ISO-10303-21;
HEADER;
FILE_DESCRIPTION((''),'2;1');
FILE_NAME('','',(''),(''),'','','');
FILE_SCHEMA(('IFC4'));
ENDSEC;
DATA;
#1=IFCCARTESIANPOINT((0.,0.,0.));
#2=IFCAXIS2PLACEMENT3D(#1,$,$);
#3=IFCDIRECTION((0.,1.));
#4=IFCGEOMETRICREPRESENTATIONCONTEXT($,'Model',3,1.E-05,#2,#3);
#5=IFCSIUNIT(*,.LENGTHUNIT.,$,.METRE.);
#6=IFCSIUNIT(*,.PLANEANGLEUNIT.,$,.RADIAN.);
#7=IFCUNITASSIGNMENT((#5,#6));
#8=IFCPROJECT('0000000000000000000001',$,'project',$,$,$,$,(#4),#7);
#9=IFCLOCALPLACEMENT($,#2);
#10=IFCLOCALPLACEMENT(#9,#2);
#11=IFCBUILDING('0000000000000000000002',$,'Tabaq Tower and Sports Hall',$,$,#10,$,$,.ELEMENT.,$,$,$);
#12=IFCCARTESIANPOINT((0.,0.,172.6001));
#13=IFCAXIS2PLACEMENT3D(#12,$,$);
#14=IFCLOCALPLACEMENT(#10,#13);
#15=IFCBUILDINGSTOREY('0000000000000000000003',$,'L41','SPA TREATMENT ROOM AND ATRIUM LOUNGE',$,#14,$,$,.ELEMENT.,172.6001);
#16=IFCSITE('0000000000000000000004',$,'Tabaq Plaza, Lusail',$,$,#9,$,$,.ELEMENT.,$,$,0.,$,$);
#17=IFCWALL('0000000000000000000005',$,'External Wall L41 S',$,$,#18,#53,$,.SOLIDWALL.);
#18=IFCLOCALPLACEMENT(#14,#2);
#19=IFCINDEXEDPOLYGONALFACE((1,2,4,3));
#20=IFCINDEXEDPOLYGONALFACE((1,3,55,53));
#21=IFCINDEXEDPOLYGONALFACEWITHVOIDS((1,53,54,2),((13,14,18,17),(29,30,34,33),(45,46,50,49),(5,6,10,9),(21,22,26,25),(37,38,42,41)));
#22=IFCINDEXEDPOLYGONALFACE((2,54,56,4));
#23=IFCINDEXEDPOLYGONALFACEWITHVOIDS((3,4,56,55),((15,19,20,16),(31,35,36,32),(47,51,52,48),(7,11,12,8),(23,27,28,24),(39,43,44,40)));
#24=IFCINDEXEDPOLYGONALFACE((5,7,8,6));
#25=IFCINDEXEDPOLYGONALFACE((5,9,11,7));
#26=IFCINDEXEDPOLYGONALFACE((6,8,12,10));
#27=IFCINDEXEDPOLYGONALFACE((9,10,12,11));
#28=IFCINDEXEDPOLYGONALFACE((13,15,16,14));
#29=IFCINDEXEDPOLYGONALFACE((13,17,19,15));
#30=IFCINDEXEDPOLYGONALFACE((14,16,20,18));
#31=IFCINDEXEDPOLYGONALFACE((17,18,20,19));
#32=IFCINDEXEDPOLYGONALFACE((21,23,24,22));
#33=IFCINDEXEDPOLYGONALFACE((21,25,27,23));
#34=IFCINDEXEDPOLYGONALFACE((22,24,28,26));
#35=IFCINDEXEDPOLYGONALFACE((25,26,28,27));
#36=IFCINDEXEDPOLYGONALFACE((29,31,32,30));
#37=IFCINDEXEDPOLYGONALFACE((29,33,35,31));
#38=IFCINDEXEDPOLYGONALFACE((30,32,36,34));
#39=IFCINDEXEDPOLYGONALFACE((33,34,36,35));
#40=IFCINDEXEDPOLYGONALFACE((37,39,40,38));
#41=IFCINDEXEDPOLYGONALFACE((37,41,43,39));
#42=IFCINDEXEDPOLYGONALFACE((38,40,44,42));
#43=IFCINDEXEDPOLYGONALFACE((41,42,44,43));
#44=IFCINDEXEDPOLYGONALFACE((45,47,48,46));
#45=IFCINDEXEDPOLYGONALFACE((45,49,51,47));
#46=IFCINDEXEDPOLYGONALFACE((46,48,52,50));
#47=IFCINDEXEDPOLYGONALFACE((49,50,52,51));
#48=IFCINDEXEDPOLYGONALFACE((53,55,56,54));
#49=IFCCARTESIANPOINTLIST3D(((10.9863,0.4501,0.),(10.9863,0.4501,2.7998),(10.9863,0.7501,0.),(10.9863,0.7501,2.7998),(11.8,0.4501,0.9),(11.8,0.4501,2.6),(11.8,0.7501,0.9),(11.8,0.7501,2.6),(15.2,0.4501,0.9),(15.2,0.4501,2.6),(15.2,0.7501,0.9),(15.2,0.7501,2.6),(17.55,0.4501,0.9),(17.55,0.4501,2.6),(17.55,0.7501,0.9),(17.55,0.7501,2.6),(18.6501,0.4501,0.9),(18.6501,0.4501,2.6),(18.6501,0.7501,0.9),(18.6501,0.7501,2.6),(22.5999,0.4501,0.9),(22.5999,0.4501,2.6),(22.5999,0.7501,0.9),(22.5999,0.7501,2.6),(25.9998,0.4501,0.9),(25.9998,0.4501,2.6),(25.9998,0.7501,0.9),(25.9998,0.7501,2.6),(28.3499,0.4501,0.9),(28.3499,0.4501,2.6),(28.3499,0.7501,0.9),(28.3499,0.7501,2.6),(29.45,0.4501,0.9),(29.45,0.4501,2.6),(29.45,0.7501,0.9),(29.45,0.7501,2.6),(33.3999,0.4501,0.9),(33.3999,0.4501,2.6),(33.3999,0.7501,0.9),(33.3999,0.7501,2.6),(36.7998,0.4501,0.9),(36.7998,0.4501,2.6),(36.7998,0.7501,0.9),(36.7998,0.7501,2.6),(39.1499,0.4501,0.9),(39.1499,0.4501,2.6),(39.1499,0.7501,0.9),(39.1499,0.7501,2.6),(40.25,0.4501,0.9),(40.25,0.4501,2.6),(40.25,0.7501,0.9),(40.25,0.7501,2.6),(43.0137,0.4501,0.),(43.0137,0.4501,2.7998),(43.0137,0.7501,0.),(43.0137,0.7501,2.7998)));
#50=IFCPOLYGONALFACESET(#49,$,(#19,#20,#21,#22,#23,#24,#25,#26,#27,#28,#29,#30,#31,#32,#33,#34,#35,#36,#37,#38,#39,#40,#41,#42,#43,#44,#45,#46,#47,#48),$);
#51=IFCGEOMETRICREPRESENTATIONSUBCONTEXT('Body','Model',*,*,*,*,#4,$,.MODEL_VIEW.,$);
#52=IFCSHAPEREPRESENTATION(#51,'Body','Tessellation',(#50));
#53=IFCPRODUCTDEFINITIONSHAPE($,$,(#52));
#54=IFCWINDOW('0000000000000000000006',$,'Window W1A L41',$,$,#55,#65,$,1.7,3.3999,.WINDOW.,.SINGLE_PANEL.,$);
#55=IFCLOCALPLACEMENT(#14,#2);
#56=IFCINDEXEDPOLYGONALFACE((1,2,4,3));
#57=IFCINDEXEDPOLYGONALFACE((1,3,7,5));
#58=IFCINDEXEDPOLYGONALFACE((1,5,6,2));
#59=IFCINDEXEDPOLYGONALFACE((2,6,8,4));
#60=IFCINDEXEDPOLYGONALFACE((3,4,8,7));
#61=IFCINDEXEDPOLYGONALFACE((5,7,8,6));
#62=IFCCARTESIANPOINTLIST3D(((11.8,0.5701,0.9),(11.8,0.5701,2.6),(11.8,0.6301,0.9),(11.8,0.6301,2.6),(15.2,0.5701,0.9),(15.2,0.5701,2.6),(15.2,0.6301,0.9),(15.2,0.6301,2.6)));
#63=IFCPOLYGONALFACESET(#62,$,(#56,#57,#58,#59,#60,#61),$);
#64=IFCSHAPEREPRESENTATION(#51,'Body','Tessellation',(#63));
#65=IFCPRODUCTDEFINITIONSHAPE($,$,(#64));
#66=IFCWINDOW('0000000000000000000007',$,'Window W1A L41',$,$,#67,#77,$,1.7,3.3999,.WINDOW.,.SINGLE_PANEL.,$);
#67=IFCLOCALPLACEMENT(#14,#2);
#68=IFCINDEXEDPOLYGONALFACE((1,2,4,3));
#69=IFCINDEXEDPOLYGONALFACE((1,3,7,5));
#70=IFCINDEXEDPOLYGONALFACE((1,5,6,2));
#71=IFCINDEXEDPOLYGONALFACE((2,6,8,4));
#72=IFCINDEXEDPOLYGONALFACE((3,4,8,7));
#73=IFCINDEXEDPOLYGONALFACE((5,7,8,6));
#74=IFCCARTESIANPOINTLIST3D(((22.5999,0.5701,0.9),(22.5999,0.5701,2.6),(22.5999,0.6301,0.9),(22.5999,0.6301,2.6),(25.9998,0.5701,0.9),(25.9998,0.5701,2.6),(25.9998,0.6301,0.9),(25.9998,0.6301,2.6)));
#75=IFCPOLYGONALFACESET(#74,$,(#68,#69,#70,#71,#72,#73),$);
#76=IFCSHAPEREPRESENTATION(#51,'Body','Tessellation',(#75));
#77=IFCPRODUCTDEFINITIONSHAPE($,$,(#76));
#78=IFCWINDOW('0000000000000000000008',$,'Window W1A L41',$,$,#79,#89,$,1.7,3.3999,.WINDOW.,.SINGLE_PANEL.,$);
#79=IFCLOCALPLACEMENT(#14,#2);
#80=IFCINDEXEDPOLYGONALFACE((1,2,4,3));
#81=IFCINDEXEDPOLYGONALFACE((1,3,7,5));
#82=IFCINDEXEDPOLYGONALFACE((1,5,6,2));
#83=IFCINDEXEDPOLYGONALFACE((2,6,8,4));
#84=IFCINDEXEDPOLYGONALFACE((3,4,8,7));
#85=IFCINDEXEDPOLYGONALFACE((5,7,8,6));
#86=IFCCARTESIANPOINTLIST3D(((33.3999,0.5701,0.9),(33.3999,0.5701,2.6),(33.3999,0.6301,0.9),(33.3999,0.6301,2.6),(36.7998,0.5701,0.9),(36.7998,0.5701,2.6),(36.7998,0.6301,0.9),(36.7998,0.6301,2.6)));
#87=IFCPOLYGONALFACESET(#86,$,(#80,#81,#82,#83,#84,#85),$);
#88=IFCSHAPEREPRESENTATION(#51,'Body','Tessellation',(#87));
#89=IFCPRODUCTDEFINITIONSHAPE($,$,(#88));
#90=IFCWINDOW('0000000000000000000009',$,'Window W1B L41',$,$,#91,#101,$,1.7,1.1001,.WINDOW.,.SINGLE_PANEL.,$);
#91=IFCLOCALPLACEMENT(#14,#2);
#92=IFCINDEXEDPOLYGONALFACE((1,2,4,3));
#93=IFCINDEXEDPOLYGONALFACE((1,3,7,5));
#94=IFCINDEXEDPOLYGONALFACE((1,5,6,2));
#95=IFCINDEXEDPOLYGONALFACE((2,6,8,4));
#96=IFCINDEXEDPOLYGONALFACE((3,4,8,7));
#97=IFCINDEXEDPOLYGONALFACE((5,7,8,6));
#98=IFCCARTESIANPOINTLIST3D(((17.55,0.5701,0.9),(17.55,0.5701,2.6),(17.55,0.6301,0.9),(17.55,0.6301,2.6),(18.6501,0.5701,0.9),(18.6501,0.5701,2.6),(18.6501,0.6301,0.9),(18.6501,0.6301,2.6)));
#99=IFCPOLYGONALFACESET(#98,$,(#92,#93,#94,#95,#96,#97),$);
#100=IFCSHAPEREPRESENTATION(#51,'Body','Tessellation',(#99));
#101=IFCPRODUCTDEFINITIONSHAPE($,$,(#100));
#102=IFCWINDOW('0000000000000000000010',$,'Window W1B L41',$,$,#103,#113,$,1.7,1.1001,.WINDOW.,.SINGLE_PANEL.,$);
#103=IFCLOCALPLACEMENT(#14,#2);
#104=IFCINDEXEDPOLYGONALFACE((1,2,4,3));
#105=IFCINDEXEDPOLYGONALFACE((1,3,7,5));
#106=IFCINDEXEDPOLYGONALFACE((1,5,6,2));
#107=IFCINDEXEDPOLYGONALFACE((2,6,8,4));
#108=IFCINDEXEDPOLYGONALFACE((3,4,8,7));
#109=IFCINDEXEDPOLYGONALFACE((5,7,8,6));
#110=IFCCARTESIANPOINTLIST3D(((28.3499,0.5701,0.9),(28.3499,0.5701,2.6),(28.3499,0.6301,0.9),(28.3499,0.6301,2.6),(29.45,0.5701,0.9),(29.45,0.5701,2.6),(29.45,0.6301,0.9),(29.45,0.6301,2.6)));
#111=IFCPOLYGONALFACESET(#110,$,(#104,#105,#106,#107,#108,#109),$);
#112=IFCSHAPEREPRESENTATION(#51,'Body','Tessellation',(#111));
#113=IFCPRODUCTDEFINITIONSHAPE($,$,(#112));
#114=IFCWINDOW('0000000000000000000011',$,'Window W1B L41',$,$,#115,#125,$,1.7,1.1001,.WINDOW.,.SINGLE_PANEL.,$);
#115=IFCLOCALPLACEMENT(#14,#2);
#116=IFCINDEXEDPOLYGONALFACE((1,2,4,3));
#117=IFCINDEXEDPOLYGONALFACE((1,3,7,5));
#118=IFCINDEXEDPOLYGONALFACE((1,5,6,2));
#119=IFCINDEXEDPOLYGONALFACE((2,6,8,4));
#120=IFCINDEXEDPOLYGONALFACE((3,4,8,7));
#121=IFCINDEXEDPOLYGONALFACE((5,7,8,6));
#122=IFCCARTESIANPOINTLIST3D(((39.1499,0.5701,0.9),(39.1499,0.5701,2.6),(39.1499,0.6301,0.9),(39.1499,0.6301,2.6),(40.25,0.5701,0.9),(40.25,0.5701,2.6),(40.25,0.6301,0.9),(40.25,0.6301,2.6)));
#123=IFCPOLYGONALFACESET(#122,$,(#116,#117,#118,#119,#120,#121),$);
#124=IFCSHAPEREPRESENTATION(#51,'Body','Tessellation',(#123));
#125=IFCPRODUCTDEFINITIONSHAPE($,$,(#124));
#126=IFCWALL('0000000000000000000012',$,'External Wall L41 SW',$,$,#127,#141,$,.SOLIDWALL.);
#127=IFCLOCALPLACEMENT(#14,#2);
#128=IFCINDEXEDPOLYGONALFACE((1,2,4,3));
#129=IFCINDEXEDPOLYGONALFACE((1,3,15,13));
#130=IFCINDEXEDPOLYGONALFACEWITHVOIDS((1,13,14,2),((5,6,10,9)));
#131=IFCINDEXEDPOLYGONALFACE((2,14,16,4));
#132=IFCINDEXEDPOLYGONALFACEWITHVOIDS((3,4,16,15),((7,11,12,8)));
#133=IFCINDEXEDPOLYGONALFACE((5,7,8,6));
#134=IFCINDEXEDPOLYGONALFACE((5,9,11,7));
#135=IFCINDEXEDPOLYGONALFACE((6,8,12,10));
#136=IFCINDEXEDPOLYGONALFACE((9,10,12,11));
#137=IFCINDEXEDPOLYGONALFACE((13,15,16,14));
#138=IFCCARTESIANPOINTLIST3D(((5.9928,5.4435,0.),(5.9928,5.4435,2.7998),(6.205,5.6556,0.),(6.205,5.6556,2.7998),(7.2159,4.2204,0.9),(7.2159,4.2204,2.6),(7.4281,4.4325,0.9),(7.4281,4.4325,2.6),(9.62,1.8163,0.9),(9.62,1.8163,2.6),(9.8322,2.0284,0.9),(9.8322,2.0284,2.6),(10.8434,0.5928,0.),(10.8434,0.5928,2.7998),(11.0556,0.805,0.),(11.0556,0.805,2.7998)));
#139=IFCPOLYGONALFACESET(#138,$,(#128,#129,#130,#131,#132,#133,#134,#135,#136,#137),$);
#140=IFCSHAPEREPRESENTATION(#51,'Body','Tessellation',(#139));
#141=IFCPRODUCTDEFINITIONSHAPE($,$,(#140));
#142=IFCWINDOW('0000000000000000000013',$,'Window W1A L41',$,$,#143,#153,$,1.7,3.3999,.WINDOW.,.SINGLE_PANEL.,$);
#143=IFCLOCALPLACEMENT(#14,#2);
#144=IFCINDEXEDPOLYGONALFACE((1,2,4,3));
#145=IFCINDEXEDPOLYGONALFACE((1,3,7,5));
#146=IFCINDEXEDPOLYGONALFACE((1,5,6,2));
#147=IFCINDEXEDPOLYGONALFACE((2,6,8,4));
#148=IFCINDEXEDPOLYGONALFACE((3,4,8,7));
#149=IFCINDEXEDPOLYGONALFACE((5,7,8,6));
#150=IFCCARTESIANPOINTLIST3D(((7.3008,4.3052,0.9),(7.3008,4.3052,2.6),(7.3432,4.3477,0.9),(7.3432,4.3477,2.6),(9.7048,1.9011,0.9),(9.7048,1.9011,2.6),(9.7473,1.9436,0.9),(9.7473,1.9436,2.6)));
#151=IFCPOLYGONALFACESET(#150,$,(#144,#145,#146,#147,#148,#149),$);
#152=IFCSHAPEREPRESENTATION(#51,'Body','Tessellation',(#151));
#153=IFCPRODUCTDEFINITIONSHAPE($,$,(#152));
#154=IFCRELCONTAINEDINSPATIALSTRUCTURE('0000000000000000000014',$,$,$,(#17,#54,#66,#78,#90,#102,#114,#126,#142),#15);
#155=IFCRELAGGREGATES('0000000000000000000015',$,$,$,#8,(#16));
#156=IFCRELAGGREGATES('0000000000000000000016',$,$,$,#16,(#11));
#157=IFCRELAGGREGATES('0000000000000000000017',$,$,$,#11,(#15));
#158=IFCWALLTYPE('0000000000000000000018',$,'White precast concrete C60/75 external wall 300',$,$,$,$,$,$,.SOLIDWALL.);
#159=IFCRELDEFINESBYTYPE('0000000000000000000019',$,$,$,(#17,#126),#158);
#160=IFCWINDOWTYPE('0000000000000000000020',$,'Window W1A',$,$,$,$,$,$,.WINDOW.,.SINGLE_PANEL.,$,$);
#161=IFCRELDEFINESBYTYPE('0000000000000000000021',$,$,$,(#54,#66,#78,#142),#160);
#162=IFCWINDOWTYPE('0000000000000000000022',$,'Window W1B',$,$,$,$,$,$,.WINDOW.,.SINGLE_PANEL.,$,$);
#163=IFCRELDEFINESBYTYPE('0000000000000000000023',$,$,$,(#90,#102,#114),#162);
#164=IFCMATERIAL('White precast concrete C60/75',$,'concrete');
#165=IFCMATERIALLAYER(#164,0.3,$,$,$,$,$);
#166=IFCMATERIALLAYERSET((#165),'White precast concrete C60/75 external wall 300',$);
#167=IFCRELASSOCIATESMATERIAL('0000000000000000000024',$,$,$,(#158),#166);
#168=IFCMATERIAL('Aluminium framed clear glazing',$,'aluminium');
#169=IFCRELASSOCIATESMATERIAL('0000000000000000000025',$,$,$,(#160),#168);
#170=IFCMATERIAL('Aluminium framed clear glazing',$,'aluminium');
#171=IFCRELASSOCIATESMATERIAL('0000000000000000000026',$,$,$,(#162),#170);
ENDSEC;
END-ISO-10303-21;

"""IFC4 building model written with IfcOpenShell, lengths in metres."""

from ifc_helpers import new_model, si_unit, direction, frame, frame_2d, origin, place, context, subcontext, project, spatial, rectangle, extrude, material, layer, layer_set, type_object, element, fill, save


model = new_model("IFC4")

# Units and contexts
model_context = context("Model", 3, precision=1e-05, world=origin(), true_north=direction((0.0, 1.0)))
body_context = subcontext(model_context, "Body", "Model", "MODEL_VIEW")
ifc_project = project(units=[si_unit("LENGTHUNIT", "METRE"), si_unit("PLANEANGLEUNIT", "RADIAN")], contexts=[model_context])

# Site, building, storey
site_placement = place(None, origin())
site = spatial("IfcSite", under=ifc_project, at=site_placement, Name="Tabaq Plaza, Lusail", CompositionType="ELEMENT", RefElevation=0.0)
building_placement = place(site_placement, origin())
building = spatial("IfcBuilding", under=site, at=building_placement, Name="Tabaq Tower and Sports Hall", CompositionType="ELEMENT")
storey_placement = place(building_placement, frame((0.0, 0.0, 172.6001)))
storey = spatial("IfcBuildingStorey", under=building, at=storey_placement, Name="L41", Description="SPA TREATMENT ROOM AND ATRIUM LOUNGE", CompositionType="ELEMENT", Elevation=172.6001)

# Wall, openings, windows
ifc_material_1 = material(Name="White precast concrete C60/75", Category="concrete")
ifc_layer_1 = layer(ifc_material_1, 0.3)
ifc_layer_set_1 = layer_set([ifc_layer_1], Name="White precast concrete C60/75 external wall 300")
wall_type_1 = type_object("IfcWallType", Name="White precast concrete C60/75 external wall 300", PredefinedType="SOLIDWALL", material=ifc_layer_set_1)
wall_1_placement = place(storey_placement, frame((10.9863, 0.6001, 0.0), z_axis=(0.0, 0.0, 1.0), x_axis=(1.0, 0.0, 0.0)))
wall_1 = element("IfcWall", 1, at=wall_1_placement, inside=storey, type_object=wall_type_1, Name="External Wall L41 S", PredefinedType="SOLIDWALL", context=body_context, shape_type="SweptSolid", body=[
    extrude(rectangle(XDim=32.0273, YDim=0.3, at=frame_2d((16.0137, 0.0))), origin(), (0.0, 0.0, 1.0), 2.7998),
])
opening_1_placement = place(wall_1_placement, frame((0.8137, 0.0, 0.8999)))
opening_1 = element("IfcOpeningElement", 2, at=opening_1_placement, cuts=wall_1, PredefinedType="OPENING", context=body_context, shape_type="SweptSolid", body=[
    extrude(rectangle(XDim=3.3999, YDim=1.7, at=frame_2d((1.7, 0.8501))), frame((0.0, 0.1602, 0.0), z_axis=(0.0, -1.0, 0.0), x_axis=(1.0, 0.0, 0.0)), (0.0, 0.0, 1.0), 0.3201),
])
opening_2_placement = place(wall_1_placement, frame((6.5637, 0.0, 0.8999)))
opening_2 = element("IfcOpeningElement", 3, at=opening_2_placement, cuts=wall_1, PredefinedType="OPENING", context=body_context, shape_type="SweptSolid", body=[
    extrude(rectangle(XDim=1.1001, YDim=1.7, at=frame_2d((0.55, 0.8501))), frame((0.0, 0.1602, 0.0), z_axis=(0.0, -1.0, 0.0), x_axis=(1.0, 0.0, 0.0)), (0.0, 0.0, 1.0), 0.3201),
])
opening_3_placement = place(wall_1_placement, frame((11.6135, 0.0, 0.8999)))
opening_3 = element("IfcOpeningElement", 4, at=opening_3_placement, cuts=wall_1, PredefinedType="OPENING", context=body_context, shape_type="SweptSolid", body=[
    extrude(rectangle(XDim=3.3999, YDim=1.7, at=frame_2d((1.7, 0.8501))), frame((0.0, 0.1602, 0.0), z_axis=(0.0, -1.0, 0.0), x_axis=(1.0, 0.0, 0.0)), (0.0, 0.0, 1.0), 0.3201),
])
opening_4_placement = place(wall_1_placement, frame((17.3635, 0.0, 0.8999)))
opening_4 = element("IfcOpeningElement", 5, at=opening_4_placement, cuts=wall_1, PredefinedType="OPENING", context=body_context, shape_type="SweptSolid", body=[
    extrude(rectangle(XDim=1.1001, YDim=1.7, at=frame_2d((0.55, 0.8501))), frame((0.0, 0.1602, 0.0), z_axis=(0.0, -1.0, 0.0), x_axis=(1.0, 0.0, 0.0)), (0.0, 0.0, 1.0), 0.3201),
])
opening_5_placement = place(wall_1_placement, frame((22.4136, 0.0, 0.8999)))
opening_5 = element("IfcOpeningElement", 6, at=opening_5_placement, cuts=wall_1, PredefinedType="OPENING", context=body_context, shape_type="SweptSolid", body=[
    extrude(rectangle(XDim=3.3999, YDim=1.7, at=frame_2d((1.7, 0.8501))), frame((0.0, 0.1602, 0.0), z_axis=(0.0, -1.0, 0.0), x_axis=(1.0, 0.0, 0.0)), (0.0, 0.0, 1.0), 0.3201),
])
opening_6_placement = place(wall_1_placement, frame((28.1636, 0.0, 0.8999)))
opening_6 = element("IfcOpeningElement", 7, at=opening_6_placement, cuts=wall_1, PredefinedType="OPENING", context=body_context, shape_type="SweptSolid", body=[
    extrude(rectangle(XDim=1.1001, YDim=1.7, at=frame_2d((0.55, 0.8501))), frame((0.0, 0.1602, 0.0), z_axis=(0.0, -1.0, 0.0), x_axis=(1.0, 0.0, 0.0)), (0.0, 0.0, 1.0), 0.3201),
])
ifc_material_2 = material(Name="Aluminium framed clear glazing", Category="aluminium")
window_type_1 = type_object("IfcWindowType", Name="Window W1A", PartitioningType="SINGLE_PANEL", PredefinedType="WINDOW", material=ifc_material_2)
window_1_placement = place(opening_1_placement, origin())
window_1 = element("IfcWindow", 8, at=window_1_placement, inside=storey, type_object=window_type_1, Name="Window W1A L41", OverallHeight=1.7, OverallWidth=3.3999, PartitioningType="SINGLE_PANEL", PredefinedType="WINDOW", context=body_context, shape_type="SweptSolid", body=[
    extrude(rectangle(XDim=3.3999, YDim=1.7, at=frame_2d((1.7, 0.8501))), frame((0.0, 0.03, 0.0), z_axis=(0.0, -1.0, 0.0), x_axis=(1.0, 0.0, 0.0)), (0.0, 0.0, 1.0), 0.0601),
])
fill(opening_1, window_1)
window_2_placement = place(opening_3_placement, origin())
window_2 = element("IfcWindow", 9, at=window_2_placement, inside=storey, type_object=window_type_1, Name="Window W1A L41", OverallHeight=1.7, OverallWidth=3.3999, PartitioningType="SINGLE_PANEL", PredefinedType="WINDOW", context=body_context, shape_type="SweptSolid", body=[
    extrude(rectangle(XDim=3.3999, YDim=1.7, at=frame_2d((1.7, 0.8501))), frame((0.0, 0.03, 0.0), z_axis=(0.0, -1.0, 0.0), x_axis=(1.0, 0.0, 0.0)), (0.0, 0.0, 1.0), 0.0601),
])
fill(opening_3, window_2)
window_3_placement = place(opening_5_placement, origin())
window_3 = element("IfcWindow", 10, at=window_3_placement, inside=storey, type_object=window_type_1, Name="Window W1A L41", OverallHeight=1.7, OverallWidth=3.3999, PartitioningType="SINGLE_PANEL", PredefinedType="WINDOW", context=body_context, shape_type="SweptSolid", body=[
    extrude(rectangle(XDim=3.3999, YDim=1.7, at=frame_2d((1.7, 0.8501))), frame((0.0, 0.03, 0.0), z_axis=(0.0, -1.0, 0.0), x_axis=(1.0, 0.0, 0.0)), (0.0, 0.0, 1.0), 0.0601),
])
fill(opening_5, window_3)
ifc_material_3 = material(Name="Aluminium framed clear glazing", Category="aluminium")
window_type_2 = type_object("IfcWindowType", Name="Window W1B", PartitioningType="SINGLE_PANEL", PredefinedType="WINDOW", material=ifc_material_3)
window_4_placement = place(opening_2_placement, origin())
window_4 = element("IfcWindow", 11, at=window_4_placement, inside=storey, type_object=window_type_2, Name="Window W1B L41", OverallHeight=1.7, OverallWidth=1.1001, PartitioningType="SINGLE_PANEL", PredefinedType="WINDOW", context=body_context, shape_type="SweptSolid", body=[
    extrude(rectangle(XDim=1.1001, YDim=1.7, at=frame_2d((0.55, 0.8501))), frame((0.0, 0.03, 0.0), z_axis=(0.0, -1.0, 0.0), x_axis=(1.0, 0.0, 0.0)), (0.0, 0.0, 1.0), 0.0601),
])
fill(opening_2, window_4)
window_5_placement = place(opening_4_placement, origin())
window_5 = element("IfcWindow", 12, at=window_5_placement, inside=storey, type_object=window_type_2, Name="Window W1B L41", OverallHeight=1.7, OverallWidth=1.1001, PartitioningType="SINGLE_PANEL", PredefinedType="WINDOW", context=body_context, shape_type="SweptSolid", body=[
    extrude(rectangle(XDim=1.1001, YDim=1.7, at=frame_2d((0.55, 0.8501))), frame((0.0, 0.03, 0.0), z_axis=(0.0, -1.0, 0.0), x_axis=(1.0, 0.0, 0.0)), (0.0, 0.0, 1.0), 0.0601),
])
fill(opening_4, window_5)
window_6_placement = place(opening_6_placement, origin())
window_6 = element("IfcWindow", 13, at=window_6_placement, inside=storey, type_object=window_type_2, Name="Window W1B L41", OverallHeight=1.7, OverallWidth=1.1001, PartitioningType="SINGLE_PANEL", PredefinedType="WINDOW", context=body_context, shape_type="SweptSolid", body=[
    extrude(rectangle(XDim=1.1001, YDim=1.7, at=frame_2d((0.55, 0.8501))), frame((0.0, 0.03, 0.0), z_axis=(0.0, -1.0, 0.0), x_axis=(1.0, 0.0, 0.0)), (0.0, 0.0, 1.0), 0.0601),
])
fill(opening_6, window_6)

# Wall, opening, window
wall_2_placement = place(storey_placement, frame((6.0989, 5.5496, 0.0), z_axis=(0.0, 0.0, 1.0), x_axis=(0.707107, -0.707107, 0.0)))
wall_2 = element("IfcWall", 14, at=wall_2_placement, inside=storey, type_object=wall_type_1, Name="External Wall L41 SW", PredefinedType="SOLIDWALL", context=body_context, shape_type="SweptSolid", body=[
    extrude(rectangle(XDim=6.8599, YDim=0.3, at=frame_2d((3.4299, 0.0))), origin(), (0.0, 0.0, 1.0), 2.7998),
])
opening_7_placement = place(wall_2_placement, frame((1.7297, 0.0, 0.8999)))
opening_7 = element("IfcOpeningElement", 15, at=opening_7_placement, cuts=wall_2, PredefinedType="OPENING", context=body_context, shape_type="SweptSolid", body=[
    extrude(rectangle(XDim=3.3999, YDim=1.7, at=frame_2d((1.7, 0.8501))), frame((0.0, 0.1602, 0.0), z_axis=(0.0, -1.0, 0.0), x_axis=(1.0, 0.0, 0.0)), (0.0, 0.0, 1.0), 0.3201),
])
window_7_placement = place(opening_7_placement, origin())
window_7 = element("IfcWindow", 16, at=window_7_placement, inside=storey, type_object=window_type_1, Name="Window W1A L41", OverallHeight=1.7, OverallWidth=3.3999, PartitioningType="SINGLE_PANEL", PredefinedType="WINDOW", context=body_context, shape_type="SweptSolid", body=[
    extrude(rectangle(XDim=3.3999, YDim=1.7, at=frame_2d((1.7, 0.8501))), frame((0.0, 0.03, 0.0), z_axis=(0.0, -1.0, 0.0), x_axis=(1.0, 0.0, 0.0)), (0.0, 0.0, 1.0), 0.0601),
])
fill(opening_7, window_7)

save(model, "model.ifc")
